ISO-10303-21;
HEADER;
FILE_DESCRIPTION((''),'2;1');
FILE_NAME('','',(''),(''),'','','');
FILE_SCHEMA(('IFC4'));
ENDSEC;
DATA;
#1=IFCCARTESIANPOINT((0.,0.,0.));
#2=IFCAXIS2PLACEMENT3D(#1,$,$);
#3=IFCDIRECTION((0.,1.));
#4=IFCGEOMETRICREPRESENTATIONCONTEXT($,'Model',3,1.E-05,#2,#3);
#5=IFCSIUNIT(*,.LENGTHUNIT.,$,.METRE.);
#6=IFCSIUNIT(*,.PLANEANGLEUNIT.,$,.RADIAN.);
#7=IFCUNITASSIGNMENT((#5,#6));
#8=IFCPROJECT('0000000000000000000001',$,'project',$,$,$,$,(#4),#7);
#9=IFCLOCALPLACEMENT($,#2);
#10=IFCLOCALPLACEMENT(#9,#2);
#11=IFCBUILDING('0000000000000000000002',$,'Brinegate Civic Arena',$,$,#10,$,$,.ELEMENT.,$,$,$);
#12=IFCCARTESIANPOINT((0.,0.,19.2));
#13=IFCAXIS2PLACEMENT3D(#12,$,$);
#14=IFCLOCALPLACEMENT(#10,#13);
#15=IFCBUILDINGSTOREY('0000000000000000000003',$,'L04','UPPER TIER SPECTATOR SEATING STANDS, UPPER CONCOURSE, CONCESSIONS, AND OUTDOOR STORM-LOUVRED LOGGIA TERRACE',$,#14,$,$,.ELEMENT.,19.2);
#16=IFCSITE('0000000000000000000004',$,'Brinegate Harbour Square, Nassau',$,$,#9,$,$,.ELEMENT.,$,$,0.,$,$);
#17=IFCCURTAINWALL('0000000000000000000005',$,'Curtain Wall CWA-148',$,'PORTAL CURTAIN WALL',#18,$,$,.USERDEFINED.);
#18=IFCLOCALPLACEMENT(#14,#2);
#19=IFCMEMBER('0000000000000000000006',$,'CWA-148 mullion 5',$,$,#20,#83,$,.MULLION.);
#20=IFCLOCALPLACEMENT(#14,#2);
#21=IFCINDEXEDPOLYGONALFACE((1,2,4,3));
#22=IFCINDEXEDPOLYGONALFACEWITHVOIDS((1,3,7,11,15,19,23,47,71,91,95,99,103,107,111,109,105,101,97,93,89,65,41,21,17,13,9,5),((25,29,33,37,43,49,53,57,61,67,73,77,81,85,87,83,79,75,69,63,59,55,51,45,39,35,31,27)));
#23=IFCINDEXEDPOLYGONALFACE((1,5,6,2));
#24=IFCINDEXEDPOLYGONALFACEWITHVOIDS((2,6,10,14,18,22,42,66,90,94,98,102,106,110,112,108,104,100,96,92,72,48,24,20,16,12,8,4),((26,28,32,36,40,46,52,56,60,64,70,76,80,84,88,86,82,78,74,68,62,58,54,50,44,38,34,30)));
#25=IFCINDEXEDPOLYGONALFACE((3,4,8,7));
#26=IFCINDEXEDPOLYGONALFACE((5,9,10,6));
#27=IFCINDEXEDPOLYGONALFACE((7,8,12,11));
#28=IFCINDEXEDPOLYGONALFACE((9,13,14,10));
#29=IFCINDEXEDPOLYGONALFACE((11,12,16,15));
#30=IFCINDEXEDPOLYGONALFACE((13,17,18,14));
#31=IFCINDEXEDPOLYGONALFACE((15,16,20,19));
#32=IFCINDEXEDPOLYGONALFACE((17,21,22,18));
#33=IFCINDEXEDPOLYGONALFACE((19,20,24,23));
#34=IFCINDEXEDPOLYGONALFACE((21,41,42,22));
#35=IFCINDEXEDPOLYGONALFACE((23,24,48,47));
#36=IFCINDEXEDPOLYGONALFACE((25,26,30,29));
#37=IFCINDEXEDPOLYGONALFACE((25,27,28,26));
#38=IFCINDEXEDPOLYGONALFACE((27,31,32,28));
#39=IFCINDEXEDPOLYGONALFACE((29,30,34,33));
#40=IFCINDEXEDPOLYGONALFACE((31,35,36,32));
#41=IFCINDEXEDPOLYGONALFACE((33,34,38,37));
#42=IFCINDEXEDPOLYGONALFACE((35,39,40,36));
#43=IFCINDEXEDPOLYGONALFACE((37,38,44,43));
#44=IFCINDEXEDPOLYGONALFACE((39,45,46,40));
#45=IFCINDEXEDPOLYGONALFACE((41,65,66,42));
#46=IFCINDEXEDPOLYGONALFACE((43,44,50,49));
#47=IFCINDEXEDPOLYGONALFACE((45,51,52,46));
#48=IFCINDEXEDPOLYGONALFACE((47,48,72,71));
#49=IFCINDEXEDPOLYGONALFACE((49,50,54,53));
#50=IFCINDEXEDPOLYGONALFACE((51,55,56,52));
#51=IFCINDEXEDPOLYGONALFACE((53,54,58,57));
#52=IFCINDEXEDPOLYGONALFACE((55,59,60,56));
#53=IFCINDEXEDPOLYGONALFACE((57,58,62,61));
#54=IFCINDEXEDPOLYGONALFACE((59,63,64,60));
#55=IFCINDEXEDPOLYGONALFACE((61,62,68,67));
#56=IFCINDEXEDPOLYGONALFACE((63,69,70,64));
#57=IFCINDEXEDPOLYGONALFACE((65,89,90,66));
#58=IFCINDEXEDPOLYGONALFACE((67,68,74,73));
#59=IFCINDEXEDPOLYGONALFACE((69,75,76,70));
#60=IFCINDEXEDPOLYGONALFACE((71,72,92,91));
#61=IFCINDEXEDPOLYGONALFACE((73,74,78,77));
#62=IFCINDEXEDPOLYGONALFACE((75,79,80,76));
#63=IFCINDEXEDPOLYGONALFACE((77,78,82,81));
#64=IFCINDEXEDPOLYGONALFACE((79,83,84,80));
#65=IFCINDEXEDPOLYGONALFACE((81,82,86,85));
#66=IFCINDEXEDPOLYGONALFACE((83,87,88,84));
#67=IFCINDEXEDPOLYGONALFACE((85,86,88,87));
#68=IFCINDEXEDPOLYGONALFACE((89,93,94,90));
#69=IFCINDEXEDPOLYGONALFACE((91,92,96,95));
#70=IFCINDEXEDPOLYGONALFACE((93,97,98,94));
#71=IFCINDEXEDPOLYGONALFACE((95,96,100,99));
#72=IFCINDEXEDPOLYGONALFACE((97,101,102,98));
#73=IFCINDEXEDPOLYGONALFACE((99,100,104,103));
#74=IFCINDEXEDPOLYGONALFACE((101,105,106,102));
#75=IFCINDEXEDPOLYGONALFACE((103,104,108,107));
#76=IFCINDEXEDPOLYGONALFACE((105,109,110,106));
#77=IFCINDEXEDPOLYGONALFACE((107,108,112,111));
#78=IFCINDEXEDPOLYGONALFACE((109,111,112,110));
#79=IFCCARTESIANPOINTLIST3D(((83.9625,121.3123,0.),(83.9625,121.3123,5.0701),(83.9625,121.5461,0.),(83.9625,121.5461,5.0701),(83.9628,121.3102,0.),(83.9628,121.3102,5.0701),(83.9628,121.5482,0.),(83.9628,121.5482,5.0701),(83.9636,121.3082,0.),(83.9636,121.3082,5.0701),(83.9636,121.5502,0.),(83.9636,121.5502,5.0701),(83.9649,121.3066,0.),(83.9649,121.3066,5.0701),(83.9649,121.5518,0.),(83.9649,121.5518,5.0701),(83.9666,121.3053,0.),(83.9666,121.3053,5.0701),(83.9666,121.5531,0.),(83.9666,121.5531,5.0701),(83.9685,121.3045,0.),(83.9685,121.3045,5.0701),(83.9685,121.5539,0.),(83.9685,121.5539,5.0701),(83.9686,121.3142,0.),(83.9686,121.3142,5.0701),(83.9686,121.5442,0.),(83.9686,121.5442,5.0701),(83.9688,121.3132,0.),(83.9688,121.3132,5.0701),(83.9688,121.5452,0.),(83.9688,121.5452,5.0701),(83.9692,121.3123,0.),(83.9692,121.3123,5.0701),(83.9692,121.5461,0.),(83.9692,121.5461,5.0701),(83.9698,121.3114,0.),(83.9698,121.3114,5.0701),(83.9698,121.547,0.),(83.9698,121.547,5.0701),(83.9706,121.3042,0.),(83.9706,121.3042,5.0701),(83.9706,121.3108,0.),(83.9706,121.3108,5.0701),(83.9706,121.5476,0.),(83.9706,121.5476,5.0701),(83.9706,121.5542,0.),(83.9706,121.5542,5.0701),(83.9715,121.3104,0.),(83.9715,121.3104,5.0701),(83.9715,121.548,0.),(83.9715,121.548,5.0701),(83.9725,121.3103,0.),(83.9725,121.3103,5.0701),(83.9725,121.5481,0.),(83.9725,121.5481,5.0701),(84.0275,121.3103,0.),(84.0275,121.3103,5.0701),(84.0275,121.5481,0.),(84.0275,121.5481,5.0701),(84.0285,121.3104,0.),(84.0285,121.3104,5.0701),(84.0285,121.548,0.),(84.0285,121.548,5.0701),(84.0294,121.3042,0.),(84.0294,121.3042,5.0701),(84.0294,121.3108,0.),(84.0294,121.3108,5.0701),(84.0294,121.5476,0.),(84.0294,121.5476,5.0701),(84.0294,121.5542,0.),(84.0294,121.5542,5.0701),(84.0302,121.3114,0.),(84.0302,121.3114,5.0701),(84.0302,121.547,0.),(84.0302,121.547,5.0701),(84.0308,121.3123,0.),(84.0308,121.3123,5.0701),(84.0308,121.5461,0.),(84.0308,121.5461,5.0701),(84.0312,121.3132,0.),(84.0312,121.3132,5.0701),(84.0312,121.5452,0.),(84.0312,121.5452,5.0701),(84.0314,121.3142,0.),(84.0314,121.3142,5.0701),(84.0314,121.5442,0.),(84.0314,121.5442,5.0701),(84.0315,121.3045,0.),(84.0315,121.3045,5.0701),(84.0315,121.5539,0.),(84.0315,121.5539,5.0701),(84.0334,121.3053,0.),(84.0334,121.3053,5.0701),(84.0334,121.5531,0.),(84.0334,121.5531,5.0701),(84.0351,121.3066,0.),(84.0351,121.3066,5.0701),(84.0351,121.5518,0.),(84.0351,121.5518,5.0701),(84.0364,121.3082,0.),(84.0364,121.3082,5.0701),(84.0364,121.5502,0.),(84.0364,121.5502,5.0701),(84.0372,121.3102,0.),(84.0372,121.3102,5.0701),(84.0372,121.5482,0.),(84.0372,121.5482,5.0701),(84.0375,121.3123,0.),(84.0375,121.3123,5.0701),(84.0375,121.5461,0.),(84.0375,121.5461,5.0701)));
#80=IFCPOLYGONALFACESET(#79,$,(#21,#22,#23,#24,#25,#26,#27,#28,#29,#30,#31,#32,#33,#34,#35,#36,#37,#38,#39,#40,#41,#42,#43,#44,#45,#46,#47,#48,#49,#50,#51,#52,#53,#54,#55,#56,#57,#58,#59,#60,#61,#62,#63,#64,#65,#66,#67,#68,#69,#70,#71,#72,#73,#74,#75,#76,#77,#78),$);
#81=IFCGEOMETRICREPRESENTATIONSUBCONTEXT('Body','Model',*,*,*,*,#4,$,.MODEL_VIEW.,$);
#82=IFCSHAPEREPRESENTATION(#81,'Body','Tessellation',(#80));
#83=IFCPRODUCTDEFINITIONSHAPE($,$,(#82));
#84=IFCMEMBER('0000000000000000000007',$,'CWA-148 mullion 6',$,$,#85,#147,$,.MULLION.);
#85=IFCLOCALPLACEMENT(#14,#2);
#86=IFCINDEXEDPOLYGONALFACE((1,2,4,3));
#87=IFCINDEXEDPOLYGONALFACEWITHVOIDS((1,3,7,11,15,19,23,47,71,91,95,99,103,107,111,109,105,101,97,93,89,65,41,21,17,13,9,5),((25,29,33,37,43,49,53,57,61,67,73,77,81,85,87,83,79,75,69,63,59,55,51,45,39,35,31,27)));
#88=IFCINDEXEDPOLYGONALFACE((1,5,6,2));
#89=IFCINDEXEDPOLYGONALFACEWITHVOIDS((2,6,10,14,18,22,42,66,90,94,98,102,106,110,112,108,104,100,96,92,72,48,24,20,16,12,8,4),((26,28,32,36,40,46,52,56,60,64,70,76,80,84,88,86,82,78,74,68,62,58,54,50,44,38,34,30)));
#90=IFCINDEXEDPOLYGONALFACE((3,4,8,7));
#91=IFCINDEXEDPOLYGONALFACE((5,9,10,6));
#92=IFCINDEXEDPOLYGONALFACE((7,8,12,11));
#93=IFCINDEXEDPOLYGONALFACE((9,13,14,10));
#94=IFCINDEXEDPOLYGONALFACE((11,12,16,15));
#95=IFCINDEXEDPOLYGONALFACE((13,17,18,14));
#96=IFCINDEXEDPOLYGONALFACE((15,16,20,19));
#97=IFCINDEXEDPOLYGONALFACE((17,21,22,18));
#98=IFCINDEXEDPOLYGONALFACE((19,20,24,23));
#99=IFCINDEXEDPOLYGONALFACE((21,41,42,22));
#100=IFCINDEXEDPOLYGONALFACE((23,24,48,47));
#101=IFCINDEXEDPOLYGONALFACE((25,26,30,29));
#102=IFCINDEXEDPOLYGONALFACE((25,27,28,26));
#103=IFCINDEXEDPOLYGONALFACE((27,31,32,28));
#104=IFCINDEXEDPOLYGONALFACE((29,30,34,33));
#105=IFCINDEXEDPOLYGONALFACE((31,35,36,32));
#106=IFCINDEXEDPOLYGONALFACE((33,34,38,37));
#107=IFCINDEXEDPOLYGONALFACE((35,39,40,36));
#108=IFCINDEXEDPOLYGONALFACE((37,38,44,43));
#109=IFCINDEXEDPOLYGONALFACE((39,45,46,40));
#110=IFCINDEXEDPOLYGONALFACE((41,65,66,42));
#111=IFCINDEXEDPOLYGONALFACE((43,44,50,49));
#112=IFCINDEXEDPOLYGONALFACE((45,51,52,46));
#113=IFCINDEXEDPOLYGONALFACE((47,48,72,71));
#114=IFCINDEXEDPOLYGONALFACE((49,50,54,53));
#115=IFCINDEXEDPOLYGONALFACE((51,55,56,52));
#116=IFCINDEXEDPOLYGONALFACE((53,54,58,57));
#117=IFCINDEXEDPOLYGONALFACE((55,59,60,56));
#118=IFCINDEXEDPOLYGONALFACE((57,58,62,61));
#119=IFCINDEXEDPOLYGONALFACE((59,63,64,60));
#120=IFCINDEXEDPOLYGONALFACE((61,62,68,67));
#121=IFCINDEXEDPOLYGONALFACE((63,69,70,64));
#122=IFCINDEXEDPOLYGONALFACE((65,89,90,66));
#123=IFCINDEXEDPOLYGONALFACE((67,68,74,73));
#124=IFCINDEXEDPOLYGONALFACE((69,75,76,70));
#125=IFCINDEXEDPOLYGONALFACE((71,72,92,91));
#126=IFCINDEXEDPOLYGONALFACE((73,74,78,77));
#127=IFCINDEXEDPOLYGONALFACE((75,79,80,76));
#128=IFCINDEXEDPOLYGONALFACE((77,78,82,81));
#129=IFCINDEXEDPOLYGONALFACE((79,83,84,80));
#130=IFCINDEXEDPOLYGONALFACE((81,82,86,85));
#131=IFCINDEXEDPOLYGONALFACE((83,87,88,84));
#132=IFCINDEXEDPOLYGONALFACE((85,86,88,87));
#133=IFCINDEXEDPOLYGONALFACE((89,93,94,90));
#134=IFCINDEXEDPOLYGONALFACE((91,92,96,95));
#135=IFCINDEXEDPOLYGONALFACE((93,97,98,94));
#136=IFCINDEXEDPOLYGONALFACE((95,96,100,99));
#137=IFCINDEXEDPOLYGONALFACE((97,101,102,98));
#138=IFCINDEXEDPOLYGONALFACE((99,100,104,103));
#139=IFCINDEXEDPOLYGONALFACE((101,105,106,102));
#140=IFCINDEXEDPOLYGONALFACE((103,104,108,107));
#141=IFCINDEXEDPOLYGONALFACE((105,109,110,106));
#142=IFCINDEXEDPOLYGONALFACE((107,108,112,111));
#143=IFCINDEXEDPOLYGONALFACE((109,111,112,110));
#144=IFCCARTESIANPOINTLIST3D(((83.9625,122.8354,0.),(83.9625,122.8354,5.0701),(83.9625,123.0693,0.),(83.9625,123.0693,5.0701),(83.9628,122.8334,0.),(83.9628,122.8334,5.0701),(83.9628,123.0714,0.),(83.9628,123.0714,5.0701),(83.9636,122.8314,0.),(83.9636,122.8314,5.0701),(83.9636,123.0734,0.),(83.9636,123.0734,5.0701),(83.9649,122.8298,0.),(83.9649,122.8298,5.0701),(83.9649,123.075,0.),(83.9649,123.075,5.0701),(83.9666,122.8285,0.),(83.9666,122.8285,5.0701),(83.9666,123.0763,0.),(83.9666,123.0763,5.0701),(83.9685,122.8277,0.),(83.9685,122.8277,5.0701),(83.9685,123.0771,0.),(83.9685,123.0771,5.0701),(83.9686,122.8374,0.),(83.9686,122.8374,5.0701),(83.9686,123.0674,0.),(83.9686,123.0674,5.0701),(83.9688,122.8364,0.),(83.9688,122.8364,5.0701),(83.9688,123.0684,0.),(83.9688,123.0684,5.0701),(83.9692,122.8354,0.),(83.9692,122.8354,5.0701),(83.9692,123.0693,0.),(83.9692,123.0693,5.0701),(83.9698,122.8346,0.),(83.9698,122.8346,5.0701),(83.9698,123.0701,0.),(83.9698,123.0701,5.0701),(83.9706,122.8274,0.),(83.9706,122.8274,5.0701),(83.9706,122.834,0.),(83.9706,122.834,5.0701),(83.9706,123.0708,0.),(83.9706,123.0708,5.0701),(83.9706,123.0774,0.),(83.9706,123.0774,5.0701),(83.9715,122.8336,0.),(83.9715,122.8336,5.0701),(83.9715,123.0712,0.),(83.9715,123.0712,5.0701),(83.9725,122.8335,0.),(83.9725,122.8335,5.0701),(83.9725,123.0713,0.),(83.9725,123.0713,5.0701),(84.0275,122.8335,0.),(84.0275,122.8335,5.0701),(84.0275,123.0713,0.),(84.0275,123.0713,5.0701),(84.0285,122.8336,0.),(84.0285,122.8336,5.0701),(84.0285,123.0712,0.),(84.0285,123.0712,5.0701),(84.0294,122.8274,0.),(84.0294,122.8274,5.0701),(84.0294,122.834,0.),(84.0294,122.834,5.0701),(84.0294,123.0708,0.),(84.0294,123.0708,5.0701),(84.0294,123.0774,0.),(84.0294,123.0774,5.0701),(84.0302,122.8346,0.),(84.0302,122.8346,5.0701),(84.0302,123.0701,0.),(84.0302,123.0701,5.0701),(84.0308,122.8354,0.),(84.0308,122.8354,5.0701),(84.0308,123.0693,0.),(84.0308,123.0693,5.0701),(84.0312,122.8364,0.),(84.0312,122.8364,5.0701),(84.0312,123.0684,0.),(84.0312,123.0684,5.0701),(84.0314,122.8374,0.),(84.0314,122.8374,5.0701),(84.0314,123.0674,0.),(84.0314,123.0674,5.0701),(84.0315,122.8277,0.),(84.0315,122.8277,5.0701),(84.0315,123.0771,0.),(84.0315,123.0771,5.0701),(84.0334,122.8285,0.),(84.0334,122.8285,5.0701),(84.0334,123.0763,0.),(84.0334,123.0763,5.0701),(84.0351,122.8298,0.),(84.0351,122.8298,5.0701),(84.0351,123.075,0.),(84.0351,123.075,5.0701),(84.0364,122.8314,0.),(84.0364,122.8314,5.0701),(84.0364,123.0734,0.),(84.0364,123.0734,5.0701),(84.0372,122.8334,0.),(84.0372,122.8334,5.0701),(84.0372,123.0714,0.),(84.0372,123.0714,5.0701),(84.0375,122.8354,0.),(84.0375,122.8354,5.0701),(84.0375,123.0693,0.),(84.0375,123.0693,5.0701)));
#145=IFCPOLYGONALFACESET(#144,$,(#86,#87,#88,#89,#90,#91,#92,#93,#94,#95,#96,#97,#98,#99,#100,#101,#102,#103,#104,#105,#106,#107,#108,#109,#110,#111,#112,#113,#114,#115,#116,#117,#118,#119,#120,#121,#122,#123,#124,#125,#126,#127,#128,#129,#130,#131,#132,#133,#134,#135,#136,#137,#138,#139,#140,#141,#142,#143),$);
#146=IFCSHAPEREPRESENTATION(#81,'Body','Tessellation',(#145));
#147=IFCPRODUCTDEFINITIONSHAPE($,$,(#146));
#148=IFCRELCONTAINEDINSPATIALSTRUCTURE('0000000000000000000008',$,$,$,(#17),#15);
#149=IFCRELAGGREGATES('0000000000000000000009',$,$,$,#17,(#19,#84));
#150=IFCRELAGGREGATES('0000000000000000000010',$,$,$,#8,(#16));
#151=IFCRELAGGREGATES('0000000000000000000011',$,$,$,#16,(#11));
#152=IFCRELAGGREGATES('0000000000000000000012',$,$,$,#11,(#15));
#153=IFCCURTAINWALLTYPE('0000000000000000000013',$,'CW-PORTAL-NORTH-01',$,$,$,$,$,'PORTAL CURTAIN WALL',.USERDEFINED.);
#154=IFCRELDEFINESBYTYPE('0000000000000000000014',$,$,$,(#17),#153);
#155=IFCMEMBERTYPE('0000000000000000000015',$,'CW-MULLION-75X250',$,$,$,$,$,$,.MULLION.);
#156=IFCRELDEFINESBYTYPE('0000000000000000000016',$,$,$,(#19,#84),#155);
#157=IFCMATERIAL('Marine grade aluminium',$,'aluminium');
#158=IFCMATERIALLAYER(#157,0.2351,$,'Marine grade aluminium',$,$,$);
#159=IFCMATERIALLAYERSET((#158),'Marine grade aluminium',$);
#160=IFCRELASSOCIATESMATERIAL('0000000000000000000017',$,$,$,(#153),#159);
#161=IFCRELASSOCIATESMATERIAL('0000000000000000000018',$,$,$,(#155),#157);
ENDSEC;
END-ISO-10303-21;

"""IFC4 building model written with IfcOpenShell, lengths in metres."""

from ifc_helpers import new_model, si_unit, direction, frame, origin, origin_2d, place, context, subcontext, project, spatial, hollow_rectangle, extrude, material, layer, layer_set, material_profile, profile_set, type_object, element, aggregate, save


model = new_model("IFC4")

# Units and contexts
model_context = context("Model", 3, precision=1e-05, world=origin(), true_north=direction((0.0, 1.0)))
body_context = subcontext(model_context, "Body", "Model", "MODEL_VIEW")
ifc_project = project(units=[si_unit("LENGTHUNIT", "METRE"), si_unit("PLANEANGLEUNIT", "RADIAN")], contexts=[model_context])

# Site, building, storey
site_placement = place(None, origin())
site = spatial("IfcSite", under=ifc_project, at=site_placement, Name="Brinegate Harbour Square, Nassau", CompositionType="ELEMENT", RefElevation=0.0)
building_placement = place(site_placement, origin())
building = spatial("IfcBuilding", under=site, at=building_placement, Name="Brinegate Civic Arena", CompositionType="ELEMENT")
storey_placement = place(building_placement, frame((0.0, 0.0, 19.2)))
storey = spatial("IfcBuildingStorey", under=building, at=storey_placement, Name="L04", Description="UPPER TIER SPECTATOR SEATING STANDS, UPPER CONCOURSE, CONCESSIONS, AND OUTDOOR STORM-LOUVRED LOGGIA TERRACE", CompositionType="ELEMENT", Elevation=19.2)

# Shared definitions
ifc_material_1 = material(Name="Marine grade aluminium", Category="aluminium")
ifc_layer_1 = layer(ifc_material_1, 0.2351, Name="Marine grade aluminium")
ifc_layer_set_1 = layer_set([ifc_layer_1], Name="Marine grade aluminium")
curtain_wall_type = type_object("IfcCurtainWallType", Name="CW-PORTAL-NORTH-01", ElementType="PORTAL CURTAIN WALL", PredefinedType="USERDEFINED", material=ifc_layer_set_1)
ifc_material_profile_1 = material_profile(ifc_material_1, hollow_rectangle(XDim=0.075, YDim=0.25, WallThickness=0.0061, InnerFilletRadius=0.0039, OuterFilletRadius=0.0081, at=origin_2d()), Name="MUL75X250")
ifc_profile_set_1 = profile_set([ifc_material_profile_1], Name="Marine grade aluminium")
member_type_1 = type_object("IfcMemberType", Name="CW-MULLION-75X250", PredefinedType="MULLION", material=ifc_profile_set_1)

# Curtain wall, members
curtain_wall_1_placement = place(storey_placement, origin())
curtain_wall_1 = element("IfcCurtainWall", 1, at=curtain_wall_1_placement, inside=storey, type_object=curtain_wall_type, Name="Curtain Wall CWA-148", ObjectType="PORTAL CURTAIN WALL", PredefinedType="USERDEFINED")
member_1_placement = place(storey_placement, frame((84.0, 121.4292, 0.0), z_axis=(0.0, 0.0, 1.0), x_axis=(-1.0, 0.0, 0.0)))
member_1 = element("IfcMember", 2, at=member_1_placement, type_object=member_type_1, Name="CWA-148 mullion 5", PredefinedType="MULLION", context=body_context, shape_type="SweptSolid", body=[
    extrude(hollow_rectangle(XDim=0.075, YDim=0.25, WallThickness=0.0061, InnerFilletRadius=0.0039, OuterFilletRadius=0.0081, at=origin_2d()), origin(), (0.0, 0.0, 1.0), 5.0701),
])
member_2_placement = place(storey_placement, frame((84.0, 122.9524, 0.0), z_axis=(0.0, 0.0, 1.0), x_axis=(-1.0, 0.0, 0.0)))
member_2 = element("IfcMember", 3, at=member_2_placement, type_object=member_type_1, Name="CWA-148 mullion 6", PredefinedType="MULLION", context=body_context, shape_type="SweptSolid", body=[
    extrude(hollow_rectangle(XDim=0.075, YDim=0.25, WallThickness=0.0061, InnerFilletRadius=0.0039, OuterFilletRadius=0.0081, at=origin_2d()), origin(), (0.0, 0.0, 1.0), 5.0701),
])

aggregate(curtain_wall_1, [member_1, member_2])

save(model, "model.ifc")
